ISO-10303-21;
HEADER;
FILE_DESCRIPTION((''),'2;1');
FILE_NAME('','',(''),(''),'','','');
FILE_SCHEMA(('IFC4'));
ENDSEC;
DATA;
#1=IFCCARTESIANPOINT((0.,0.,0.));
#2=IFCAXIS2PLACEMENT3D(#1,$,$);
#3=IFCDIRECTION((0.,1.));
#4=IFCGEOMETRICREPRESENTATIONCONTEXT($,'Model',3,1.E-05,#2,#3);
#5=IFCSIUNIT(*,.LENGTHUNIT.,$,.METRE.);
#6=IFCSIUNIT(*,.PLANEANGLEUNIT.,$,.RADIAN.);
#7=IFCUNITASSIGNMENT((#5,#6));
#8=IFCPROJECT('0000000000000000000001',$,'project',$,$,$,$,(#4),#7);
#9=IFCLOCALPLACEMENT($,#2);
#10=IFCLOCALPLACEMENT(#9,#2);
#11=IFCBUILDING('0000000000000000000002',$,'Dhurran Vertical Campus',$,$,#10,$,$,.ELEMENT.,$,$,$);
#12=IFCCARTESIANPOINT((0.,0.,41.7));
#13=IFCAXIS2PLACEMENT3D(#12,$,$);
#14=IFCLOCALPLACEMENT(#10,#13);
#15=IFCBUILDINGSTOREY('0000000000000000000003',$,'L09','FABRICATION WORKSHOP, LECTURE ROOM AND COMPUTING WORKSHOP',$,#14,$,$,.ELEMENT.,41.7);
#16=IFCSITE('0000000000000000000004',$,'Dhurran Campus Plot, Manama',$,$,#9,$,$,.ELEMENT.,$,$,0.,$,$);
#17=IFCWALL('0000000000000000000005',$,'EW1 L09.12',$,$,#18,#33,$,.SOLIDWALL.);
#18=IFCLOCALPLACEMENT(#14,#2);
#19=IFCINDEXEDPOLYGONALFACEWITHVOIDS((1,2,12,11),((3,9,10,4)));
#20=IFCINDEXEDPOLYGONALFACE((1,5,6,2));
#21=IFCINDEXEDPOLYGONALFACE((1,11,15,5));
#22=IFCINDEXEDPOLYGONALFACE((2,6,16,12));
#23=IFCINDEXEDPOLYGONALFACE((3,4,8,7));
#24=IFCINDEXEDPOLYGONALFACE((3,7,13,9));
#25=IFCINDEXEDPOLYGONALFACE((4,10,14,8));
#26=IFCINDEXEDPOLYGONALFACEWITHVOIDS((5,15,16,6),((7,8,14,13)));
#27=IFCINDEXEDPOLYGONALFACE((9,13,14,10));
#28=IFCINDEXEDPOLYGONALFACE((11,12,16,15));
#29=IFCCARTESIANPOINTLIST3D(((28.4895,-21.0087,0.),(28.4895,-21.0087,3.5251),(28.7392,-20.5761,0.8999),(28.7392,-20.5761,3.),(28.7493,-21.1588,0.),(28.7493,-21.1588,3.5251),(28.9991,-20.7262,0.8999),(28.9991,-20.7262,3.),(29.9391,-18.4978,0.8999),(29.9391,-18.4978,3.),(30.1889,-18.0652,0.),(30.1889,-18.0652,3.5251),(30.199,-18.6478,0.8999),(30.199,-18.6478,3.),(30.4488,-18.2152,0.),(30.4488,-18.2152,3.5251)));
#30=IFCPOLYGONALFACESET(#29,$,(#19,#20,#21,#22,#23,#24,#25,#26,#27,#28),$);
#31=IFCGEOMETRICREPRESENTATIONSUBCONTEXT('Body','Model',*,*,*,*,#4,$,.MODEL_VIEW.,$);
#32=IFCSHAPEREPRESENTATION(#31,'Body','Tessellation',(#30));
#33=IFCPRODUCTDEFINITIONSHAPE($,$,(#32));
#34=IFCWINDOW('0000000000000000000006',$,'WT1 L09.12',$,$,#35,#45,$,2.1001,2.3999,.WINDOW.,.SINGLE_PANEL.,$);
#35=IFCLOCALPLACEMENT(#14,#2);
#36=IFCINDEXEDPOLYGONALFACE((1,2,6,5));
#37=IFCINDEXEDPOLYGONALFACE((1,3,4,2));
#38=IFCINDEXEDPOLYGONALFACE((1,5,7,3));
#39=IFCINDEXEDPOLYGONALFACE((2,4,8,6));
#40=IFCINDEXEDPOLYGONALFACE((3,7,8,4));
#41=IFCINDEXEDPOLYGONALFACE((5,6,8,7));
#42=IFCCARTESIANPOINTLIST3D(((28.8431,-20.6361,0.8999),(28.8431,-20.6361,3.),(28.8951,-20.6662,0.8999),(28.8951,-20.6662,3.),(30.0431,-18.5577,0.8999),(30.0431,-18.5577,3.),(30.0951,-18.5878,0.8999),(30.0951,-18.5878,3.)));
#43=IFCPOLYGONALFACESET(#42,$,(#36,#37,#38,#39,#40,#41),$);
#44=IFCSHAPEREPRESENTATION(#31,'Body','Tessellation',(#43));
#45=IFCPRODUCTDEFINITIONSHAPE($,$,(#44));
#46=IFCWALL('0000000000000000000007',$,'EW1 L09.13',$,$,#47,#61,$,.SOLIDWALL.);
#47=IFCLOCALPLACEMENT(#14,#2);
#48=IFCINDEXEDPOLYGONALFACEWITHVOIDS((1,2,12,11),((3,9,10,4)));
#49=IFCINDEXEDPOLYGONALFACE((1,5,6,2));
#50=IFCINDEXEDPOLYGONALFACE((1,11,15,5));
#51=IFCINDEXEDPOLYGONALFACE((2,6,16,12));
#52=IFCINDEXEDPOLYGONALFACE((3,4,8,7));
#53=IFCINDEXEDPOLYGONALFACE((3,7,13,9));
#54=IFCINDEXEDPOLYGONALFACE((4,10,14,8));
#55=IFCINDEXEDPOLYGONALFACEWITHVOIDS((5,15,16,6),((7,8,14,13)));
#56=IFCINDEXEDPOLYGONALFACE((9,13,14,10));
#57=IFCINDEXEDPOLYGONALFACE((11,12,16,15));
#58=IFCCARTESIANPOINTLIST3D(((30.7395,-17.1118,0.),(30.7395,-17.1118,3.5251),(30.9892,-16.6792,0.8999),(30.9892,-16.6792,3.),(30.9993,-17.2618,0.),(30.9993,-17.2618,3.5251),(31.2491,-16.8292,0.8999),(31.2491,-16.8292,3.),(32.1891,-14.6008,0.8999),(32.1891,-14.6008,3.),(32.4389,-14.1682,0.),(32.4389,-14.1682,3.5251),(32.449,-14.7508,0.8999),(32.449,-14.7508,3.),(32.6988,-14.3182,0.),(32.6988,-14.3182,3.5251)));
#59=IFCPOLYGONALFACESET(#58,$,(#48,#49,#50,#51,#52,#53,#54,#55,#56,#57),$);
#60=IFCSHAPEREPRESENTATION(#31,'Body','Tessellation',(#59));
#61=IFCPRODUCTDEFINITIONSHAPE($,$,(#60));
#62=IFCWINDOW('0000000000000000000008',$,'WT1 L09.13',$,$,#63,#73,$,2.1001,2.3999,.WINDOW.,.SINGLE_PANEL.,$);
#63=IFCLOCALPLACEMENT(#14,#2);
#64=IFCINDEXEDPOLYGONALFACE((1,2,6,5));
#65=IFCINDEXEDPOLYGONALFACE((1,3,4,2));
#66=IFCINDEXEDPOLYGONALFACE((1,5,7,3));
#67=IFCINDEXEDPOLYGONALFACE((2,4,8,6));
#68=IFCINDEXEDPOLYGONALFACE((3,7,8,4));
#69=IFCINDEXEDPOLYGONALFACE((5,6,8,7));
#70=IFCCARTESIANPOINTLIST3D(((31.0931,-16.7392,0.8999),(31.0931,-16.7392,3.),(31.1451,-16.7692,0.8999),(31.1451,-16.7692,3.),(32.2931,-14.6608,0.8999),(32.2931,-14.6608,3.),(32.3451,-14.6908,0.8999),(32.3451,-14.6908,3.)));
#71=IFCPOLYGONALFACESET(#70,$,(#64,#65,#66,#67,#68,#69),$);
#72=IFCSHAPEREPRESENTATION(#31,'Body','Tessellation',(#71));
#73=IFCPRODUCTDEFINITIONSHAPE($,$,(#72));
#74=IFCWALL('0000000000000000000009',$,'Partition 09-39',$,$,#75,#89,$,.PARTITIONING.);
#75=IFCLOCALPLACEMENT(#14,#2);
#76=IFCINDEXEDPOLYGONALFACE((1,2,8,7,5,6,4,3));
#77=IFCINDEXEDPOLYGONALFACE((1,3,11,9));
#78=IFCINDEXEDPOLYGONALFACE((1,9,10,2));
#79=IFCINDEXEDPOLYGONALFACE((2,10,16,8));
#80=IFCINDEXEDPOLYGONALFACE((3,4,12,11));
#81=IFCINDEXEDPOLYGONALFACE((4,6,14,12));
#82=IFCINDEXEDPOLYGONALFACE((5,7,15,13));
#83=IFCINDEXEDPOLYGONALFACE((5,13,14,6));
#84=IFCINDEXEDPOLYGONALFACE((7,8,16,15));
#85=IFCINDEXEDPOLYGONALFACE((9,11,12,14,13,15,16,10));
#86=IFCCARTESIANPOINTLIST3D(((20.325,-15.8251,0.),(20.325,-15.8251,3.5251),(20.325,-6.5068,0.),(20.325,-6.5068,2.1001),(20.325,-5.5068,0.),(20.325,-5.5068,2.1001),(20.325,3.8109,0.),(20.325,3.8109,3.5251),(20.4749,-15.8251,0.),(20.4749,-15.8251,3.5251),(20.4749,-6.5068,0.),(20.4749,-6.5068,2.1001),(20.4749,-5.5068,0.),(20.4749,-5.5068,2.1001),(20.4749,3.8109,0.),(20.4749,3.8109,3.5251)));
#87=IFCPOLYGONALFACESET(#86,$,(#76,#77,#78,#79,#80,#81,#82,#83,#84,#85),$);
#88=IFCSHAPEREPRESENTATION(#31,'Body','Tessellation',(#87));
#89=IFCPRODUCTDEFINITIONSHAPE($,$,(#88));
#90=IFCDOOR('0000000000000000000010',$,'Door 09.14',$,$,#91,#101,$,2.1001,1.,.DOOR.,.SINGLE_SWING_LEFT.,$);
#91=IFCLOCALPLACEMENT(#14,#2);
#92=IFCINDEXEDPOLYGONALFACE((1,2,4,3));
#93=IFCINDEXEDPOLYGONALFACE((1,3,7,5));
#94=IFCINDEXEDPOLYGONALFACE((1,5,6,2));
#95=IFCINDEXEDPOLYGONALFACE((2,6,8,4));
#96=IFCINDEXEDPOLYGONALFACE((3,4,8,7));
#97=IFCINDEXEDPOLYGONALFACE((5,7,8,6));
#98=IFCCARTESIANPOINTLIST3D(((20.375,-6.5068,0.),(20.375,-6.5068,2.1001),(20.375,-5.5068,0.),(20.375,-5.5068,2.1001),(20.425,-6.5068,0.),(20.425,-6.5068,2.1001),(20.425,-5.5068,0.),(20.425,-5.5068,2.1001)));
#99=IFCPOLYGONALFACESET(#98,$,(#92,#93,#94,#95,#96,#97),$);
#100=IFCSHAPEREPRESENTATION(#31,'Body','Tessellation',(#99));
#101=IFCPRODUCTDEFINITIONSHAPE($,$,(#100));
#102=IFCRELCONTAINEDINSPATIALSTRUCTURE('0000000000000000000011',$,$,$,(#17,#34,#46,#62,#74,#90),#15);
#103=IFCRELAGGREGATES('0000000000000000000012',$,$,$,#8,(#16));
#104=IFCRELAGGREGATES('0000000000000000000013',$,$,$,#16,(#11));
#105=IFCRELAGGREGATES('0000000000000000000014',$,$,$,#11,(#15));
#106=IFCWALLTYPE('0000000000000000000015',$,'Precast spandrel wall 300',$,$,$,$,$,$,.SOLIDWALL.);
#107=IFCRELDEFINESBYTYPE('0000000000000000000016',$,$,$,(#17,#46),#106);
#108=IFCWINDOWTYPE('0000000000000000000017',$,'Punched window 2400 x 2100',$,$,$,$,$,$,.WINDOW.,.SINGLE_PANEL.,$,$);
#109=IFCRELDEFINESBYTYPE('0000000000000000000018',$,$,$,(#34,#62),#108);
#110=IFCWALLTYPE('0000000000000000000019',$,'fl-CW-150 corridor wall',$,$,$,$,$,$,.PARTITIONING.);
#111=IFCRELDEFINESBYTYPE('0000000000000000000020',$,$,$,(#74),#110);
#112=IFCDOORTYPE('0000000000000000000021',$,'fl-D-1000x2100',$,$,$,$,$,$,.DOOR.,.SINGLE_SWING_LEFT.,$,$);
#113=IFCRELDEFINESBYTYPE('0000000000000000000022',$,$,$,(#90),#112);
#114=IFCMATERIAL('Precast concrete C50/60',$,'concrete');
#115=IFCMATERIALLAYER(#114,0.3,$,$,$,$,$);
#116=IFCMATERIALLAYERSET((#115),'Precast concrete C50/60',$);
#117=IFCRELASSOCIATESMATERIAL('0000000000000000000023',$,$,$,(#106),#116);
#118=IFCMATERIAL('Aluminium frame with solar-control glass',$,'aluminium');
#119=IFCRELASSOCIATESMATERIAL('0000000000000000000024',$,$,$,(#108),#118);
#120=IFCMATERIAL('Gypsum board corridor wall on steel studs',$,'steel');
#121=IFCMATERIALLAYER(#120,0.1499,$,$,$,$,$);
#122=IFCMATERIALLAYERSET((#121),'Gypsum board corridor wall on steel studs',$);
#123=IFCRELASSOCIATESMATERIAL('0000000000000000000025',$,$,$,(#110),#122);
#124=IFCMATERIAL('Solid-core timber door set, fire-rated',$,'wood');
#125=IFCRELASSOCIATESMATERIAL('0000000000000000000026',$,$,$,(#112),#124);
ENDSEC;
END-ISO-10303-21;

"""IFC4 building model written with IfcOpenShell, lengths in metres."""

from ifc_helpers import new_model, si_unit, direction, frame, frame_2d, origin, place, context, subcontext, project, spatial, rectangle, extrude, material, layer, layer_set, type_object, element, fill, save


model = new_model("IFC4")

# Units and contexts
model_context = context("Model", 3, precision=1e-05, world=origin(), true_north=direction((0.0, 1.0)))
body_context = subcontext(model_context, "Body", "Model", "MODEL_VIEW")
ifc_project = project(units=[si_unit("LENGTHUNIT", "METRE"), si_unit("PLANEANGLEUNIT", "RADIAN")], contexts=[model_context])

# Site, building, storey
site_placement = place(None, origin())
site = spatial("IfcSite", under=ifc_project, at=site_placement, Name="Dhurran Campus Plot, Manama", CompositionType="ELEMENT", RefElevation=0.0)
building_placement = place(site_placement, origin())
building = spatial("IfcBuilding", under=site, at=building_placement, Name="Dhurran Vertical Campus", CompositionType="ELEMENT")
storey_placement = place(building_placement, frame((0.0, 0.0, 41.7)))
storey = spatial("IfcBuildingStorey", under=building, at=storey_placement, Name="L09", Description="FABRICATION WORKSHOP, LECTURE ROOM AND COMPUTING WORKSHOP", CompositionType="ELEMENT", Elevation=41.7)

# Walls, openings, windows
ifc_material_1 = material(Name="Precast concrete C50/60", Category="concrete")
ifc_layer_1 = layer(ifc_material_1, 0.3)
ifc_layer_set_1 = layer_set([ifc_layer_1], Name="Precast concrete C50/60")
wall_type_1 = type_object("IfcWallType", Name="Precast spandrel wall 300", PredefinedType="SOLIDWALL", material=ifc_layer_set_1)
ifc_material_2 = material(Name="Aluminium frame with solar-control glass", Category="aluminium")
window_type = type_object("IfcWindowType", Name="Punched window 2400 x 2100", PartitioningType="SINGLE_PANEL", PredefinedType="WINDOW", material=ifc_material_2)
wall_1_placement = place(storey_placement, frame((28.6194, -21.0837, 0.0), z_axis=(0.0, 0.0, 1.0), x_axis=(0.499994, 0.866029, 0.0)))
wall_1 = element("IfcWall", 1, at=wall_1_placement, inside=storey, type_object=wall_type_1, Name="EW1 L09.12", PredefinedType="SOLIDWALL", context=body_context, shape_type="SweptSolid", body=[
    extrude(rectangle(XDim=3.3989, YDim=0.3, at=frame_2d((1.6995, 0.0))), origin(), (0.0, 0.0, 1.0), 3.5251),
])
opening_1_placement = place(wall_1_placement, frame((0.4995, 0.0, 0.8999)))
opening_1 = element("IfcOpeningElement", 2, at=opening_1_placement, cuts=wall_1, PredefinedType="OPENING", context=body_context, shape_type="SweptSolid", body=[
    extrude(rectangle(XDim=2.3999, YDim=2.1001, at=frame_2d((1.2, 1.05))), frame((0.0, 0.1599, 0.0), z_axis=(0.0, -1.0, 0.0), x_axis=(1.0, 0.0, 0.0)), (0.0, 0.0, 1.0), 0.3201),
])
window_1_placement = place(opening_1_placement, origin())
window_1 = element("IfcWindow", 3, at=window_1_placement, inside=storey, type_object=window_type, Name="WT1 L09.12", OverallHeight=2.1001, OverallWidth=2.3999, PartitioningType="SINGLE_PANEL", PredefinedType="WINDOW", context=body_context, shape_type="SweptSolid", body=[
    extrude(rectangle(XDim=2.3999, YDim=2.1001, at=frame_2d((1.2, 1.05))), frame((0.0, 0.03, 0.0), z_axis=(0.0, -1.0, 0.0), x_axis=(1.0, 0.0, 0.0)), (0.0, 0.0, 1.0), 0.0601),
])
fill(opening_1, window_1)
wall_2_placement = place(storey_placement, frame((30.8694, -17.1868, 0.0), z_axis=(0.0, 0.0, 1.0), x_axis=(0.499994, 0.866029, 0.0)))
wall_2 = element("IfcWall", 4, at=wall_2_placement, inside=storey, type_object=wall_type_1, Name="EW1 L09.13", PredefinedType="SOLIDWALL", context=body_context, shape_type="SweptSolid", body=[
    extrude(rectangle(XDim=3.3989, YDim=0.3, at=frame_2d((1.6995, 0.0))), origin(), (0.0, 0.0, 1.0), 3.5251),
])
opening_2_placement = place(wall_2_placement, frame((0.4995, 0.0, 0.8999)))
opening_2 = element("IfcOpeningElement", 5, at=opening_2_placement, cuts=wall_2, PredefinedType="OPENING", context=body_context, shape_type="SweptSolid", body=[
    extrude(rectangle(XDim=2.3999, YDim=2.1001, at=frame_2d((1.2, 1.05))), frame((0.0, 0.1599, 0.0), z_axis=(0.0, -1.0, 0.0), x_axis=(1.0, 0.0, 0.0)), (0.0, 0.0, 1.0), 0.3201),
])
window_2_placement = place(opening_2_placement, origin())
window_2 = element("IfcWindow", 6, at=window_2_placement, inside=storey, type_object=window_type, Name="WT1 L09.13", OverallHeight=2.1001, OverallWidth=2.3999, PartitioningType="SINGLE_PANEL", PredefinedType="WINDOW", context=body_context, shape_type="SweptSolid", body=[
    extrude(rectangle(XDim=2.3999, YDim=2.1001, at=frame_2d((1.2, 1.05))), frame((0.0, 0.03, 0.0), z_axis=(0.0, -1.0, 0.0), x_axis=(1.0, 0.0, 0.0)), (0.0, 0.0, 1.0), 0.0601),
])
fill(opening_2, window_2)

# Wall, opening, door
ifc_material_3 = material(Name="Gypsum board corridor wall on steel studs", Category="steel")
ifc_layer_2 = layer(ifc_material_3, 0.1499)
ifc_layer_set_2 = layer_set([ifc_layer_2], Name="Gypsum board corridor wall on steel studs")
wall_type_2 = type_object("IfcWallType", Name="fl-CW-150 corridor wall", PredefinedType="PARTITIONING", material=ifc_layer_set_2)
wall_3_placement = place(storey_placement, frame((20.3999, -15.825, 0.0), z_axis=(0.0, 0.0, 1.0), x_axis=(0.0, 1.0, 0.0)))
wall_3 = element("IfcWall", 7, at=wall_3_placement, inside=storey, type_object=wall_type_2, Name="Partition 09-39", PredefinedType="PARTITIONING", context=body_context, shape_type="SweptSolid", body=[
    extrude(rectangle(XDim=19.636, YDim=0.1499, at=frame_2d((9.8179, 0.0))), origin(), (0.0, 0.0, 1.0), 3.5251),
])
opening_3_placement = place(wall_3_placement, frame((9.3181, 0.0, 0.0)))
opening_3 = element("IfcOpeningElement", 8, at=opening_3_placement, cuts=wall_3, PredefinedType="OPENING", context=body_context, shape_type="SweptSolid", body=[
    extrude(rectangle(XDim=1.0, YDim=2.1001, at=frame_2d((0.5, 1.05))), frame((0.0, 0.085, 0.0), z_axis=(0.0, -1.0, 0.0), x_axis=(1.0, 0.0, 0.0)), (0.0, 0.0, 1.0), 0.1699),
])
ifc_material_4 = material(Name="Solid-core timber door set, fire-rated", Category="wood")
door_type = type_object("IfcDoorType", Name="fl-D-1000x2100", OperationType="SINGLE_SWING_LEFT", PredefinedType="DOOR", material=ifc_material_4)
door_placement = place(opening_3_placement, origin())
door = element("IfcDoor", 9, at=door_placement, inside=storey, type_object=door_type, Name="Door 09.14", OperationType="SINGLE_SWING_LEFT", OverallHeight=2.1001, OverallWidth=1.0, PredefinedType="DOOR", context=body_context, shape_type="SweptSolid", body=[
    extrude(rectangle(XDim=1.0, YDim=2.1001, at=frame_2d((0.5, 1.05))), frame((0.0, 0.0249, 0.0), z_axis=(0.0, -1.0, 0.0), x_axis=(1.0, 0.0, 0.0)), (0.0, 0.0, 1.0), 0.05),
])
fill(opening_3, door)

save(model, "model.ifc")
